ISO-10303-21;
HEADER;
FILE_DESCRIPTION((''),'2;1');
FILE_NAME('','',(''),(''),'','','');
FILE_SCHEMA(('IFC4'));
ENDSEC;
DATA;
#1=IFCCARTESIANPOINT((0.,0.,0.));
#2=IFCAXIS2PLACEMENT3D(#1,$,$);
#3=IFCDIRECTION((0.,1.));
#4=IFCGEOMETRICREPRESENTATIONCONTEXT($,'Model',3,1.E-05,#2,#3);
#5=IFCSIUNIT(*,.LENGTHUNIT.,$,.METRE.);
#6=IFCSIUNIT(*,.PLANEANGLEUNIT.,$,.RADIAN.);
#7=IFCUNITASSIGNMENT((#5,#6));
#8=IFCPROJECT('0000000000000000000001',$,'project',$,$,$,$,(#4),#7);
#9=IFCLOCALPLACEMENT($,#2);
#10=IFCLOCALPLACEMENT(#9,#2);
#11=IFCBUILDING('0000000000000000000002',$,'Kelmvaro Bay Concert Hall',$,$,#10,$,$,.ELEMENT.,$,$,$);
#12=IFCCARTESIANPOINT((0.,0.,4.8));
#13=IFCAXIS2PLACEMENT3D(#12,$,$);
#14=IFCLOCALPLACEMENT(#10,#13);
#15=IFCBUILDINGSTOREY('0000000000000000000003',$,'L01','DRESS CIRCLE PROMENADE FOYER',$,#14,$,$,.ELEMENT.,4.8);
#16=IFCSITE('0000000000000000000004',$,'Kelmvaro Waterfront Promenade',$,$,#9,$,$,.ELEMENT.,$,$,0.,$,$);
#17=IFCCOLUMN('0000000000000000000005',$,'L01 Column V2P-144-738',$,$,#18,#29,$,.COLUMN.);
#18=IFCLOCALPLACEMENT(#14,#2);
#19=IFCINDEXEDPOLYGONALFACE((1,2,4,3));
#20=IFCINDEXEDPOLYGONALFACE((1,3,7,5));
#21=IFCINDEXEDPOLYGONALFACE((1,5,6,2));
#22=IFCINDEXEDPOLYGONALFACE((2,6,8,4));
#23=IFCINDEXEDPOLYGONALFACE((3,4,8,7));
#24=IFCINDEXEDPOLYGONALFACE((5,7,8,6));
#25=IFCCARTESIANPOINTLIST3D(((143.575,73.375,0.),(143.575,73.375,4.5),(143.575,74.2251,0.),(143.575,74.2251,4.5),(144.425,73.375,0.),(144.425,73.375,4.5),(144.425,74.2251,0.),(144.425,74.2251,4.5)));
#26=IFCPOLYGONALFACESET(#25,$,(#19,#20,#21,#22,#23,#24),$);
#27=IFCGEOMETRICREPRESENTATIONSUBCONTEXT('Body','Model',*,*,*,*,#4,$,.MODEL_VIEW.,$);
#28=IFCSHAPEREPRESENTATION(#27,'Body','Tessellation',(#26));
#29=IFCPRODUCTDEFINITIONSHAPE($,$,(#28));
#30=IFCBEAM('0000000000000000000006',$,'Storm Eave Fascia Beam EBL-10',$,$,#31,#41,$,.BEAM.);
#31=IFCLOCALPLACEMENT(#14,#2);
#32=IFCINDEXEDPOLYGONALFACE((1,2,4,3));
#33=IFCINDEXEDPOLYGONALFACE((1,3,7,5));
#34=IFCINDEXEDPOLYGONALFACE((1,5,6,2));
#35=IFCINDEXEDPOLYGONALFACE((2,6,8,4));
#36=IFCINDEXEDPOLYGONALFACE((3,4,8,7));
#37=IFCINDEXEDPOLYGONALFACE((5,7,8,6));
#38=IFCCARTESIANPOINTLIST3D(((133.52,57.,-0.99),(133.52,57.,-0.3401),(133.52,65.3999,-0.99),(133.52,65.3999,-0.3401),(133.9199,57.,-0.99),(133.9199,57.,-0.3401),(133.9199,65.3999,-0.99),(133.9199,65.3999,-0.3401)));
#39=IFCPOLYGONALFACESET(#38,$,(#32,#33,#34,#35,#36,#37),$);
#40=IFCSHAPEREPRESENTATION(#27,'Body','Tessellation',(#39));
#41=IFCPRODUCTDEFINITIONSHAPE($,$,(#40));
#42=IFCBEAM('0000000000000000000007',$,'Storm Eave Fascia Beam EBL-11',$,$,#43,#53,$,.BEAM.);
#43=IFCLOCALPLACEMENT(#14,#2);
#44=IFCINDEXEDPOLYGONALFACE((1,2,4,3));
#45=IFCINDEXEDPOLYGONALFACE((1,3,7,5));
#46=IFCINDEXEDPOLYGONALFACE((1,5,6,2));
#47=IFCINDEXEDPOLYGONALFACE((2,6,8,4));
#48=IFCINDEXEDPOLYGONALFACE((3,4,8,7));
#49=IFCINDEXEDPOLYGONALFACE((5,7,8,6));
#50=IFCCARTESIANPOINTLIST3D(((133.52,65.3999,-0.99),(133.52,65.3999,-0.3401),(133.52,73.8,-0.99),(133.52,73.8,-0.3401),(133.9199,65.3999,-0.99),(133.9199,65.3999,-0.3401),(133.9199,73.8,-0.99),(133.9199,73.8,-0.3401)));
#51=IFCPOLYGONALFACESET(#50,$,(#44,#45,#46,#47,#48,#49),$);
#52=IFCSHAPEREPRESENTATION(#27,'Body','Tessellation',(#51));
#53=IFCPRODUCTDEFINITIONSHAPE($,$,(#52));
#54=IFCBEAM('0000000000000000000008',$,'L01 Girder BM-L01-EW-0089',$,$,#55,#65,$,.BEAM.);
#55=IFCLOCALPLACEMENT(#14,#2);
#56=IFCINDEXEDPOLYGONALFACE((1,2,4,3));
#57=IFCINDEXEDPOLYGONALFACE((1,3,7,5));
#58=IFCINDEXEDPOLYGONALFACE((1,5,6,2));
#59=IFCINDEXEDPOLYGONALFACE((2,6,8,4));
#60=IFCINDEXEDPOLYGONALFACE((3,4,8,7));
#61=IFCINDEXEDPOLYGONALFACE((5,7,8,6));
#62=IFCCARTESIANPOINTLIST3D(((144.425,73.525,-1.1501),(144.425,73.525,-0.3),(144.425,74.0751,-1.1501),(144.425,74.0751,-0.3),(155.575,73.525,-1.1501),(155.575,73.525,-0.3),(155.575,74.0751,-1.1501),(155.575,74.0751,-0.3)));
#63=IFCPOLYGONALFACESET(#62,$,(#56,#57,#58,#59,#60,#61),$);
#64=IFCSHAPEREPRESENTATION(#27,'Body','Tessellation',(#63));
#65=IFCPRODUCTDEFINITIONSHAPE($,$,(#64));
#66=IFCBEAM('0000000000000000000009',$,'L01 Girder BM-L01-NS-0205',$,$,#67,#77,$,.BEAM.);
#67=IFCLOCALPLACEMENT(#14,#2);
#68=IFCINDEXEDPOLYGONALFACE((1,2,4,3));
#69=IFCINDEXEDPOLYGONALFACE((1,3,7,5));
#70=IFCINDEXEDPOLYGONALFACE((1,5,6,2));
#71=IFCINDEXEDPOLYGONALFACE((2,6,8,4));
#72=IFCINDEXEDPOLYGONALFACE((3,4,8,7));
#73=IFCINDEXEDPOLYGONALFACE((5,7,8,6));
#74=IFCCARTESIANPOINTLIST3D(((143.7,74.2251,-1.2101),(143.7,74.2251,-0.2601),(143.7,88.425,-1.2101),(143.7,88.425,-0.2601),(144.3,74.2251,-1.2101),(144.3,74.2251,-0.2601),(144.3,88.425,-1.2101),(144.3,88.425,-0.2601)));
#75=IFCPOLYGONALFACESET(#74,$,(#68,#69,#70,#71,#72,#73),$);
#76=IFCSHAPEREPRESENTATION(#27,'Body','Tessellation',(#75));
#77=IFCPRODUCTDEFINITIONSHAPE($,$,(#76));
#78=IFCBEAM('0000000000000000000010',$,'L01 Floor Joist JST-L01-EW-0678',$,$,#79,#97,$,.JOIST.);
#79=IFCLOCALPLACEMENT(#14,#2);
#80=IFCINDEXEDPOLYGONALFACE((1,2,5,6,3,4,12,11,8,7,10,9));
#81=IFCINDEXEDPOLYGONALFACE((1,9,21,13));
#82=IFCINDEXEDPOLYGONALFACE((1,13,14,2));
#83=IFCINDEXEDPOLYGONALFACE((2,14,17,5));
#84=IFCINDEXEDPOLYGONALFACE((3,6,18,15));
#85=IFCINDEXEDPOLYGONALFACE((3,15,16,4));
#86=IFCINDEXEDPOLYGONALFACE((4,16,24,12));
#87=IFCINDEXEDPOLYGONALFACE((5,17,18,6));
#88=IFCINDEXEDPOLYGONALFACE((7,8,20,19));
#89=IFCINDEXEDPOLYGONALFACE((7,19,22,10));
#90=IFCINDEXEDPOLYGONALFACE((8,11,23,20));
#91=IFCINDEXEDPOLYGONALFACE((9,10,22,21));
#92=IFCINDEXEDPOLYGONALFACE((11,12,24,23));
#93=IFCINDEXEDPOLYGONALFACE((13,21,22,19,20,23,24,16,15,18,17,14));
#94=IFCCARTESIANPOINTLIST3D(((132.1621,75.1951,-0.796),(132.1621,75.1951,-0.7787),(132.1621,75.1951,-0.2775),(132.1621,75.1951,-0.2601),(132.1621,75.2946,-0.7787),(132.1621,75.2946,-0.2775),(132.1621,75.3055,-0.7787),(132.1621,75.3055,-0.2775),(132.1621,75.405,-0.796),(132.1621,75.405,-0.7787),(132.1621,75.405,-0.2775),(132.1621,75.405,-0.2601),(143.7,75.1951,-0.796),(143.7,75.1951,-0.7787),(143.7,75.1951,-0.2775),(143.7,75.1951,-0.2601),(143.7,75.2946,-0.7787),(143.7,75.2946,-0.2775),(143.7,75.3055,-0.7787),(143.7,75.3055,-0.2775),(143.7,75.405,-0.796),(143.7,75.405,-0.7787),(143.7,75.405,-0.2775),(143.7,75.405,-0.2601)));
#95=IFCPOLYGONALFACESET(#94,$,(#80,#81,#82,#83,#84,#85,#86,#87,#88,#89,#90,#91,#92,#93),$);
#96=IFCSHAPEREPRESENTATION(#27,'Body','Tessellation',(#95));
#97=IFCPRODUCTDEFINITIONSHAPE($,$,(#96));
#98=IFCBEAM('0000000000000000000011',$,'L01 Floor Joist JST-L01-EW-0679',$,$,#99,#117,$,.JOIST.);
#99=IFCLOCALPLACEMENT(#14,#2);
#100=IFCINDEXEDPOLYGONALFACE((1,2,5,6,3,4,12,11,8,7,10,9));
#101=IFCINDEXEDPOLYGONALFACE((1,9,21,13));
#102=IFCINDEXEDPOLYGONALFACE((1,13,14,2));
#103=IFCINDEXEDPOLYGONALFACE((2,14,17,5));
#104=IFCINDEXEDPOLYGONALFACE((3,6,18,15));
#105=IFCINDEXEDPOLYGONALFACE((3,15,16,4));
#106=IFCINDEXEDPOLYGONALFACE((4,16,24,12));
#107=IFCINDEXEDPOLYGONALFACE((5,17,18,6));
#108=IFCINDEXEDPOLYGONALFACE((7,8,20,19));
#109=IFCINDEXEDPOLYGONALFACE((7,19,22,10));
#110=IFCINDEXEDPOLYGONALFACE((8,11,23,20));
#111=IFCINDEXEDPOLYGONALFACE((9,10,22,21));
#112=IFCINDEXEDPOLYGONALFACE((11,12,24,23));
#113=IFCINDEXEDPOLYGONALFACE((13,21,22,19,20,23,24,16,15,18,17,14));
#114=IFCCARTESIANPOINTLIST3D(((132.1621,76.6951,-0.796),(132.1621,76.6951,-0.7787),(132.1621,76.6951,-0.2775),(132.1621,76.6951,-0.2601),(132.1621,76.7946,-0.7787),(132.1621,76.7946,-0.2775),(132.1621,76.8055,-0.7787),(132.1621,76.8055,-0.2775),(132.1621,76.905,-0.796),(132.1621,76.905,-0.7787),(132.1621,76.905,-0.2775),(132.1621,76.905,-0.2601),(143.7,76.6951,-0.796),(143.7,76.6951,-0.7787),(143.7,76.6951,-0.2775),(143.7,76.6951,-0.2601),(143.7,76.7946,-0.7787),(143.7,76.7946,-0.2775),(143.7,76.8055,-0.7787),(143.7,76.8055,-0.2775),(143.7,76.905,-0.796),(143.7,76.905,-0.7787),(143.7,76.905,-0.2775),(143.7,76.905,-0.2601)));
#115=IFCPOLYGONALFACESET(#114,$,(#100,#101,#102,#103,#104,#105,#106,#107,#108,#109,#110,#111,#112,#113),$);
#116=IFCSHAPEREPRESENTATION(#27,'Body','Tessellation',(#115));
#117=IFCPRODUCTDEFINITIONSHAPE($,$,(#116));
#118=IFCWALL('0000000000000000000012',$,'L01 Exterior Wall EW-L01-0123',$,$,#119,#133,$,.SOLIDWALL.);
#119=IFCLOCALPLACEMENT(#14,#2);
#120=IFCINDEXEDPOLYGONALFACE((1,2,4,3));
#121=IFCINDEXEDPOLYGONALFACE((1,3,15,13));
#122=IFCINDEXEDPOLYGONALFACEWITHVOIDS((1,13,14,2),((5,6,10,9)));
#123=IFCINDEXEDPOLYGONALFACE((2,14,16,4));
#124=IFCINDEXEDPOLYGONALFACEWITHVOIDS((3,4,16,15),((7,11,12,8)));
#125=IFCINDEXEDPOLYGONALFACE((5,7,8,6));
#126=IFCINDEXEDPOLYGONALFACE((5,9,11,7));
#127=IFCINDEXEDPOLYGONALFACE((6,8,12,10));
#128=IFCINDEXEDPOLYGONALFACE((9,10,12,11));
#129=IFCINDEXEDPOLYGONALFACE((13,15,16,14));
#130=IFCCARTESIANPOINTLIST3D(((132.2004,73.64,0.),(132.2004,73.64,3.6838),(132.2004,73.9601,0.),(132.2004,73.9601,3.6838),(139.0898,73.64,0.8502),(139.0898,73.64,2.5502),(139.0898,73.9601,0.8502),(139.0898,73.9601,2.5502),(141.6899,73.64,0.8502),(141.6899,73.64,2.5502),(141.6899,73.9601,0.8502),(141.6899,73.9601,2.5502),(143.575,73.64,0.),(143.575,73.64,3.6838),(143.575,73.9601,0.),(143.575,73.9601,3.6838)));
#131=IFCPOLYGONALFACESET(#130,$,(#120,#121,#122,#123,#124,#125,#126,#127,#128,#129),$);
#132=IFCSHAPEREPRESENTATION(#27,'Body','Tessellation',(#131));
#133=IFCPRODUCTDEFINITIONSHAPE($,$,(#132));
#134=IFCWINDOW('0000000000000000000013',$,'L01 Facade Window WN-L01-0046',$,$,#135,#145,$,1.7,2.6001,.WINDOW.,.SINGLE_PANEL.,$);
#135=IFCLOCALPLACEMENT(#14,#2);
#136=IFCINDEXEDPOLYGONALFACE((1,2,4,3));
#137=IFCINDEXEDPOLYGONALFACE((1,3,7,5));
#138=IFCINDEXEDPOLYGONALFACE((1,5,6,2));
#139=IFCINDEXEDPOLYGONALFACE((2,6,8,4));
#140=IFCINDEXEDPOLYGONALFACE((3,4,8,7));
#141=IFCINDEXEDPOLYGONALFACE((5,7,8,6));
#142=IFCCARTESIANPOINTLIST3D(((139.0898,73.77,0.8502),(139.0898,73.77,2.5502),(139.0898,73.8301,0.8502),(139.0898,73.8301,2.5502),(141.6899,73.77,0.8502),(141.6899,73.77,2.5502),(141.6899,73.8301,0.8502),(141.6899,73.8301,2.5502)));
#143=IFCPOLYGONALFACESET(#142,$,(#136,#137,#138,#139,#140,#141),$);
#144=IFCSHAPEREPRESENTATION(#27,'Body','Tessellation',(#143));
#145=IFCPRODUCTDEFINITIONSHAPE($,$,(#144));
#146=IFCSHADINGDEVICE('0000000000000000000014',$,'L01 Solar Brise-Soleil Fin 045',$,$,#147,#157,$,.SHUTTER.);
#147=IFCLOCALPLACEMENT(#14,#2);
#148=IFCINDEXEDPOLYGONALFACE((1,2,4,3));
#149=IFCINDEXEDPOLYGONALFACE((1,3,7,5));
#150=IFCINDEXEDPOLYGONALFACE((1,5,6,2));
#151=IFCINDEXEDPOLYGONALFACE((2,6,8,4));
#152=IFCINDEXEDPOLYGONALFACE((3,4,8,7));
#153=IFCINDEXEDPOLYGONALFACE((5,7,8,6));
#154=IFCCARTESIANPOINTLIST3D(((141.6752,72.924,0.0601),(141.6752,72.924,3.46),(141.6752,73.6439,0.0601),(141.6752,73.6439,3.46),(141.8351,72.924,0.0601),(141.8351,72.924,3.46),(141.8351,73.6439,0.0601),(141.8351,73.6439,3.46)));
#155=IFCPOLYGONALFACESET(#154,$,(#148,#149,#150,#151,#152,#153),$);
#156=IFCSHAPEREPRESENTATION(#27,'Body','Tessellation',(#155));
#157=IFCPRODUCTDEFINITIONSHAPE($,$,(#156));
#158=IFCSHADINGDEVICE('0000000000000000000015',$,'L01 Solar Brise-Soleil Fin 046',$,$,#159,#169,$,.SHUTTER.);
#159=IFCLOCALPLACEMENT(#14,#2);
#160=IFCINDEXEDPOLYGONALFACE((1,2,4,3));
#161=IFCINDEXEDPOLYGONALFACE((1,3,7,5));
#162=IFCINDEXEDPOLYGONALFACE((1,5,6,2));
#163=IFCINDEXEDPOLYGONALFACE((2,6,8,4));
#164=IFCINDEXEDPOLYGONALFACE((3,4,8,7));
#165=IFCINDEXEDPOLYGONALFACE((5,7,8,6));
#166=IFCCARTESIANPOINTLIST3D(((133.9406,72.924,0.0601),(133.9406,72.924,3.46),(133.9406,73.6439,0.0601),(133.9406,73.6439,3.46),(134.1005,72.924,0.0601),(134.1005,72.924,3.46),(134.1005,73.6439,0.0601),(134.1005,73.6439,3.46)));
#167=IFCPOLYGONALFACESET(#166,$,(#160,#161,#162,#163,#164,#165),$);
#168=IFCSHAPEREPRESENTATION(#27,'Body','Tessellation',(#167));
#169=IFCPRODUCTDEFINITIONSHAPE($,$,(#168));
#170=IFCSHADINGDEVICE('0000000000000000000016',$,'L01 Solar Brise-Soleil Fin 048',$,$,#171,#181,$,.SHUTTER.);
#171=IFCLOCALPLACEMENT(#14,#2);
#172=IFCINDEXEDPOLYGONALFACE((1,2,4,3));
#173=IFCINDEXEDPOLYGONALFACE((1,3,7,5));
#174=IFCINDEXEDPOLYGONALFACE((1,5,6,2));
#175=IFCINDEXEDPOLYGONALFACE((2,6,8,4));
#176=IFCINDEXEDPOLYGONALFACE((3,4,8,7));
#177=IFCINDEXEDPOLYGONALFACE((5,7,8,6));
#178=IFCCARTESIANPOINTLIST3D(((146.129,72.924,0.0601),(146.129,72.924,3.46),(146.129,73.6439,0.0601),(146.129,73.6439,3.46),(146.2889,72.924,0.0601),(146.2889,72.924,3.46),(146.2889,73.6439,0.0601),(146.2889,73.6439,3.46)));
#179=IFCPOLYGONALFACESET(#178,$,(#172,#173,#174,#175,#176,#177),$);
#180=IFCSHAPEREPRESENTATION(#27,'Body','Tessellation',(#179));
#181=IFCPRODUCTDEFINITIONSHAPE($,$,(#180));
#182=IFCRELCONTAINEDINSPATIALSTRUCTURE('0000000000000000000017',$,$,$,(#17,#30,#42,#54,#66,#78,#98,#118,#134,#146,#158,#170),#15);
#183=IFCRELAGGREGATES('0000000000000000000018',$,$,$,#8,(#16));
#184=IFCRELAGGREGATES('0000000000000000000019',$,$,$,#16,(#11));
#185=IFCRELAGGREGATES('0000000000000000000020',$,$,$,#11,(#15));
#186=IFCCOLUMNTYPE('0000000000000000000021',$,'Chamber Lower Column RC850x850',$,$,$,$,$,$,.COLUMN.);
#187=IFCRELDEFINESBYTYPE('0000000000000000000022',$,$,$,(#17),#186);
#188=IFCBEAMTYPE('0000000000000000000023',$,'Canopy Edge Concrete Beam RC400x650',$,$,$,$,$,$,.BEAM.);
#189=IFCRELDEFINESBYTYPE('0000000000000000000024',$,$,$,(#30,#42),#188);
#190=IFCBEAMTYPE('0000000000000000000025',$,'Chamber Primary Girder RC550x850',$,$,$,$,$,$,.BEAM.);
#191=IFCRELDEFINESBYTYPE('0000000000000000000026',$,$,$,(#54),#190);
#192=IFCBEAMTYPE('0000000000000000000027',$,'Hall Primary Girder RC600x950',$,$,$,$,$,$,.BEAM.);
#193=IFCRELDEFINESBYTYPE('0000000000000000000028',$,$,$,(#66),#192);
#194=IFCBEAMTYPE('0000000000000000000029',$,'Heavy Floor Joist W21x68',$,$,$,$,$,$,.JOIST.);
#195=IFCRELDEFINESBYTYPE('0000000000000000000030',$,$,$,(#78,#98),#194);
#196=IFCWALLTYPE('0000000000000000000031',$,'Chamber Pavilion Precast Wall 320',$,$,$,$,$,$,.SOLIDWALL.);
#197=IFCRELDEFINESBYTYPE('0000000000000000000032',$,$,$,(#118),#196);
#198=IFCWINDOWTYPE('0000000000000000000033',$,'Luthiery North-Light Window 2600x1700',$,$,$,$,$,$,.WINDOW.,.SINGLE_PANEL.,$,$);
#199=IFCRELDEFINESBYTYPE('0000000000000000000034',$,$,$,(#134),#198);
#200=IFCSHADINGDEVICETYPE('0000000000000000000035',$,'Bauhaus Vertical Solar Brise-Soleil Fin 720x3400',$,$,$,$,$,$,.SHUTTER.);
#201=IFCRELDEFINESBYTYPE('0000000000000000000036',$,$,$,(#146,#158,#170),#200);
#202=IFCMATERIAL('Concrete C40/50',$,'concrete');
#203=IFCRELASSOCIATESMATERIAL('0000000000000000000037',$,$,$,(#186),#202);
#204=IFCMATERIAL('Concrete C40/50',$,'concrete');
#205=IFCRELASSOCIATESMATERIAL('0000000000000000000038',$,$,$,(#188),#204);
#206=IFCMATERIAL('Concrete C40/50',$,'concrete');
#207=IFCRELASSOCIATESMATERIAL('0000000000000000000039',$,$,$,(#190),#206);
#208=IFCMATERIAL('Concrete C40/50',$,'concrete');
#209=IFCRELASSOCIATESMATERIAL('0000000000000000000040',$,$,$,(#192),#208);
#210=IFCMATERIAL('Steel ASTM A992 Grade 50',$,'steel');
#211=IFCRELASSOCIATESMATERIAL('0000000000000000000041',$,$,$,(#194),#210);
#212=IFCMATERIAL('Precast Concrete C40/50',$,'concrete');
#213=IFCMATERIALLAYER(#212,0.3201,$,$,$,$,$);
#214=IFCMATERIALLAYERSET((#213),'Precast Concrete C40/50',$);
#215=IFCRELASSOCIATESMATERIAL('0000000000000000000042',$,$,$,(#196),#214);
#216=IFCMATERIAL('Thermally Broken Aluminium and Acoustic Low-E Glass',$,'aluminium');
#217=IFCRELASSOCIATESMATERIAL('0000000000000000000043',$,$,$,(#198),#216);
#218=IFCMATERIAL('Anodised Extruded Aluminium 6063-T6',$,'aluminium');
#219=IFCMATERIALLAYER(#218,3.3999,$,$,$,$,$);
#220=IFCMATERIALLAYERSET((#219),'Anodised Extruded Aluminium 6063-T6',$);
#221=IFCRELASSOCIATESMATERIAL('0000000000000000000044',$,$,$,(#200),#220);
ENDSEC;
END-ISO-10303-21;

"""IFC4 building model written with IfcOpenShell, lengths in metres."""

from ifc_helpers import new_model, si_unit, direction, frame, frame_2d, origin, origin_2d, place, context, subcontext, project, spatial, rectangle, i_section, extrude, material, layer, layer_set, material_profile, profile_set, type_object, element, fill, save


model = new_model("IFC4")

# Units and contexts
model_context = context("Model", 3, precision=1e-05, world=origin(), true_north=direction((0.0, 1.0)))
body_context = subcontext(model_context, "Body", "Model", "MODEL_VIEW")
ifc_project = project(units=[si_unit("LENGTHUNIT", "METRE"), si_unit("PLANEANGLEUNIT", "RADIAN")], contexts=[model_context])

# Site, building, storey
site_placement = place(None, origin())
site = spatial("IfcSite", under=ifc_project, at=site_placement, Name="Kelmvaro Waterfront Promenade", CompositionType="ELEMENT", RefElevation=0.0)
building_placement = place(site_placement, origin())
building = spatial("IfcBuilding", under=site, at=building_placement, Name="Kelmvaro Bay Concert Hall", CompositionType="ELEMENT")
storey_placement = place(building_placement, frame((0.0, 0.0, 4.8)))
storey = spatial("IfcBuildingStorey", under=building, at=storey_placement, Name="L01", Description="DRESS CIRCLE PROMENADE FOYER", CompositionType="ELEMENT", Elevation=4.8)

# Column
ifc_material_1 = material(Name="Concrete C40/50", Category="concrete")
ifc_material_profile_1 = material_profile(ifc_material_1, rectangle(XDim=0.8501, YDim=0.8501, at=origin_2d()), Name="RC-COL-850X850")
ifc_profile_set_1 = profile_set([ifc_material_profile_1], Name="Concrete C40/50")
column_type = type_object("IfcColumnType", Name="Chamber Lower Column RC850x850", PredefinedType="COLUMN", material=ifc_profile_set_1)
column_placement = place(storey_placement, frame((144.0, 73.8, 0.0), z_axis=(0.0, 0.0, 1.0), x_axis=(1.0, 0.0, 0.0)))
element("IfcColumn", 1, at=column_placement, inside=storey, type_object=column_type, Name="L01 Column V2P-144-738", PredefinedType="COLUMN", context=body_context, shape_type="SweptSolid", body=[
    extrude(rectangle(XDim=0.8501, YDim=0.8501, at=origin_2d()), origin(), (0.0, 0.0, 1.0), 4.5),
])

# Beams
ifc_material_2 = material(Name="Concrete C40/50", Category="concrete")
ifc_material_profile_2 = material_profile(ifc_material_2, rectangle(XDim=0.3999, YDim=0.6499, at=origin_2d()), Name="RC-BM-400X650")
ifc_profile_set_2 = profile_set([ifc_material_profile_2], Name="Concrete C40/50")
beam_type_1 = type_object("IfcBeamType", Name="Canopy Edge Concrete Beam RC400x650", PredefinedType="BEAM", material=ifc_profile_set_2)
beam_1_placement = place(storey_placement, frame((133.72, 57.0, -0.665), z_axis=(0.0, 1.0, 0.0), x_axis=(-1.0, 0.0, 0.0)))
element("IfcBeam", 2, at=beam_1_placement, inside=storey, type_object=beam_type_1, Name="Storm Eave Fascia Beam EBL-10", PredefinedType="BEAM", context=body_context, shape_type="SweptSolid", body=[
    extrude(rectangle(XDim=0.3999, YDim=0.6499, at=origin_2d()), origin(), (0.0, 0.0, 1.0), 8.3999),
])
beam_2_placement = place(storey_placement, frame((133.72, 65.3999, -0.665), z_axis=(0.0, 1.0, 0.0), x_axis=(-1.0, 0.0, 0.0)))
element("IfcBeam", 3, at=beam_2_placement, inside=storey, type_object=beam_type_1, Name="Storm Eave Fascia Beam EBL-11", PredefinedType="BEAM", context=body_context, shape_type="SweptSolid", body=[
    extrude(rectangle(XDim=0.3999, YDim=0.6499, at=origin_2d()), origin(), (0.0, 0.0, 1.0), 8.4001),
])
ifc_material_3 = material(Name="Concrete C40/50", Category="concrete")
ifc_material_profile_3 = material_profile(ifc_material_3, rectangle(XDim=0.55, YDim=0.8501, at=origin_2d()), Name="RC-BM-550X850")
ifc_profile_set_3 = profile_set([ifc_material_profile_3], Name="Concrete C40/50")
beam_type_2 = type_object("IfcBeamType", Name="Chamber Primary Girder RC550x850", PredefinedType="BEAM", material=ifc_profile_set_3)
beam_3_placement = place(storey_placement, frame((144.425, 73.8, -0.7251), z_axis=(1.0, 0.0, 0.0), x_axis=(0.0, 1.0, 0.0)))
element("IfcBeam", 4, at=beam_3_placement, inside=storey, type_object=beam_type_2, Name="L01 Girder BM-L01-EW-0089", PredefinedType="BEAM", context=body_context, shape_type="SweptSolid", body=[
    extrude(rectangle(XDim=0.55, YDim=0.8501, at=origin_2d()), origin(), (0.0, 0.0, 1.0), 11.1499),
])
ifc_material_4 = material(Name="Concrete C40/50", Category="concrete")
ifc_material_profile_4 = material_profile(ifc_material_4, rectangle(XDim=0.6001, YDim=0.95, at=origin_2d()), Name="RC-BM-600X950")
ifc_profile_set_4 = profile_set([ifc_material_profile_4], Name="Concrete C40/50")
beam_type_3 = type_object("IfcBeamType", Name="Hall Primary Girder RC600x950", PredefinedType="BEAM", material=ifc_profile_set_4)
beam_4_placement = place(storey_placement, frame((144.0, 74.2251, -0.7351), z_axis=(0.0, 1.0, 0.0), x_axis=(-1.0, 0.0, 0.0)))
element("IfcBeam", 5, at=beam_4_placement, inside=storey, type_object=beam_type_3, Name="L01 Girder BM-L01-NS-0205", PredefinedType="BEAM", context=body_context, shape_type="SweptSolid", body=[
    extrude(rectangle(XDim=0.6001, YDim=0.95, at=origin_2d()), origin(), (0.0, 0.0, 1.0), 14.2),
])
ifc_material_5 = material(Name="Steel ASTM A992 Grade 50", Category="steel")
ifc_material_profile_5 = material_profile(ifc_material_5, i_section(OverallWidth=0.21, OverallDepth=0.5359, WebThickness=0.011, FlangeThickness=0.0173, at=origin_2d()), Name="W21X68")
ifc_profile_set_5 = profile_set([ifc_material_profile_5], Name="Steel ASTM A992 Grade 50")
beam_type_4 = type_object("IfcBeamType", Name="Heavy Floor Joist W21x68", PredefinedType="JOIST", material=ifc_profile_set_5)
for number, where, z_axis, x_axis, name in (
    (6, (132.1621, 75.3, -0.5281), (1.0, 0.0, 0.0), (0.0, 1.0, 0.0), "L01 Floor Joist JST-L01-EW-0678"),
    (7, (132.1621, 76.8, -0.5281), (1.0, 0.0, 0.0), (0.0, 1.0, 0.0), "L01 Floor Joist JST-L01-EW-0679"),
):
    element("IfcBeam", number, at=place(storey_placement, frame(where, z_axis=z_axis, x_axis=x_axis)), inside=storey, type_object=beam_type_4, Name=name, PredefinedType="JOIST", context=body_context, shape_type="SweptSolid", body=[
        extrude(i_section(OverallWidth=0.21, OverallDepth=0.5359, WebThickness=0.011, FlangeThickness=0.0173, at=origin_2d()), origin(), (0.0, 0.0, 1.0), 11.5378),
    ])

# Wall, opening, window
ifc_material_6 = material(Name="Precast Concrete C40/50", Category="concrete")
ifc_layer_1 = layer(ifc_material_6, 0.3201)
ifc_layer_set_1 = layer_set([ifc_layer_1], Name="Precast Concrete C40/50")
wall_type = type_object("IfcWallType", Name="Chamber Pavilion Precast Wall 320", PredefinedType="SOLIDWALL", material=ifc_layer_set_1)
wall_placement = place(storey_placement, frame((143.575, 73.8, 0.0), z_axis=(0.0, 0.0, 1.0), x_axis=(-1.0, 0.0, 0.0)))
wall = element("IfcWall", 8, at=wall_placement, inside=storey, type_object=wall_type, Name="L01 Exterior Wall EW-L01-0123", PredefinedType="SOLIDWALL", context=body_context, shape_type="SweptSolid", body=[
    extrude(rectangle(XDim=11.3745, YDim=0.3201, at=frame_2d((5.6873, 0.0))), origin(), (0.0, 0.0, 1.0), 3.6838),
])
opening_placement = place(wall_placement, frame((1.885, 0.0, 0.8501)))
opening = element("IfcOpeningElement", 9, at=opening_placement, cuts=wall, PredefinedType="OPENING", context=body_context, shape_type="SweptSolid", body=[
    extrude(rectangle(XDim=2.6001, YDim=1.7, at=frame_2d((1.3, 0.8501))), frame((0.0, 0.1699, 0.0), z_axis=(0.0, -1.0, 0.0), x_axis=(1.0, 0.0, 0.0)), (0.0, 0.0, 1.0), 0.3401),
])
ifc_material_7 = material(Name="Thermally Broken Aluminium and Acoustic Low-E Glass", Category="aluminium")
window_type = type_object("IfcWindowType", Name="Luthiery North-Light Window 2600x1700", PartitioningType="SINGLE_PANEL", PredefinedType="WINDOW", material=ifc_material_7)
window_placement = place(opening_placement, origin())
window = element("IfcWindow", 10, at=window_placement, inside=storey, type_object=window_type, Name="L01 Facade Window WN-L01-0046", OverallHeight=1.7, OverallWidth=2.6001, PartitioningType="SINGLE_PANEL", PredefinedType="WINDOW", context=body_context, shape_type="SweptSolid", body=[
    extrude(rectangle(XDim=2.6001, YDim=1.7, at=frame_2d((1.3, 0.8501))), frame((0.0, 0.03, 0.0), z_axis=(0.0, -1.0, 0.0), x_axis=(1.0, 0.0, 0.0)), (0.0, 0.0, 1.0), 0.0601),
])
fill(opening, window)

# Shading devices
ifc_material_8 = material(Name="Anodised Extruded Aluminium 6063-T6", Category="aluminium")
ifc_layer_2 = layer(ifc_material_8, 3.3999)
ifc_layer_set_2 = layer_set([ifc_layer_2], Name="Anodised Extruded Aluminium 6063-T6")
shading_device_type = type_object("IfcShadingDeviceType", Name="Bauhaus Vertical Solar Brise-Soleil Fin 720x3400", PredefinedType="SHUTTER", material=ifc_layer_set_2)
for number, where, z_axis, x_axis, name in (
    (11, (141.7551, 73.2839, 0.0601), (0.0, 0.0, 1.0), (-1.0, 0.0, 0.0), "L01 Solar Brise-Soleil Fin 045"),
    (12, (134.0205, 73.2839, 0.0601), (0.0, 0.0, 1.0), (-1.0, 0.0, 0.0), "L01 Solar Brise-Soleil Fin 046"),
    (13, (146.209, 73.2839, 0.0601), (0.0, 0.0, 1.0), (-1.0, 0.0, 0.0), "L01 Solar Brise-Soleil Fin 048"),
):
    element("IfcShadingDevice", number, at=place(storey_placement, frame(where, z_axis=z_axis, x_axis=x_axis)), inside=storey, type_object=shading_device_type, Name=name, PredefinedType="SHUTTER", context=body_context, shape_type="SweptSolid", body=[
        extrude(rectangle(XDim=0.1599, YDim=0.72, at=origin_2d()), origin(), (0.0, 0.0, 1.0), 3.3999),
    ])

save(model, "model.ifc")
